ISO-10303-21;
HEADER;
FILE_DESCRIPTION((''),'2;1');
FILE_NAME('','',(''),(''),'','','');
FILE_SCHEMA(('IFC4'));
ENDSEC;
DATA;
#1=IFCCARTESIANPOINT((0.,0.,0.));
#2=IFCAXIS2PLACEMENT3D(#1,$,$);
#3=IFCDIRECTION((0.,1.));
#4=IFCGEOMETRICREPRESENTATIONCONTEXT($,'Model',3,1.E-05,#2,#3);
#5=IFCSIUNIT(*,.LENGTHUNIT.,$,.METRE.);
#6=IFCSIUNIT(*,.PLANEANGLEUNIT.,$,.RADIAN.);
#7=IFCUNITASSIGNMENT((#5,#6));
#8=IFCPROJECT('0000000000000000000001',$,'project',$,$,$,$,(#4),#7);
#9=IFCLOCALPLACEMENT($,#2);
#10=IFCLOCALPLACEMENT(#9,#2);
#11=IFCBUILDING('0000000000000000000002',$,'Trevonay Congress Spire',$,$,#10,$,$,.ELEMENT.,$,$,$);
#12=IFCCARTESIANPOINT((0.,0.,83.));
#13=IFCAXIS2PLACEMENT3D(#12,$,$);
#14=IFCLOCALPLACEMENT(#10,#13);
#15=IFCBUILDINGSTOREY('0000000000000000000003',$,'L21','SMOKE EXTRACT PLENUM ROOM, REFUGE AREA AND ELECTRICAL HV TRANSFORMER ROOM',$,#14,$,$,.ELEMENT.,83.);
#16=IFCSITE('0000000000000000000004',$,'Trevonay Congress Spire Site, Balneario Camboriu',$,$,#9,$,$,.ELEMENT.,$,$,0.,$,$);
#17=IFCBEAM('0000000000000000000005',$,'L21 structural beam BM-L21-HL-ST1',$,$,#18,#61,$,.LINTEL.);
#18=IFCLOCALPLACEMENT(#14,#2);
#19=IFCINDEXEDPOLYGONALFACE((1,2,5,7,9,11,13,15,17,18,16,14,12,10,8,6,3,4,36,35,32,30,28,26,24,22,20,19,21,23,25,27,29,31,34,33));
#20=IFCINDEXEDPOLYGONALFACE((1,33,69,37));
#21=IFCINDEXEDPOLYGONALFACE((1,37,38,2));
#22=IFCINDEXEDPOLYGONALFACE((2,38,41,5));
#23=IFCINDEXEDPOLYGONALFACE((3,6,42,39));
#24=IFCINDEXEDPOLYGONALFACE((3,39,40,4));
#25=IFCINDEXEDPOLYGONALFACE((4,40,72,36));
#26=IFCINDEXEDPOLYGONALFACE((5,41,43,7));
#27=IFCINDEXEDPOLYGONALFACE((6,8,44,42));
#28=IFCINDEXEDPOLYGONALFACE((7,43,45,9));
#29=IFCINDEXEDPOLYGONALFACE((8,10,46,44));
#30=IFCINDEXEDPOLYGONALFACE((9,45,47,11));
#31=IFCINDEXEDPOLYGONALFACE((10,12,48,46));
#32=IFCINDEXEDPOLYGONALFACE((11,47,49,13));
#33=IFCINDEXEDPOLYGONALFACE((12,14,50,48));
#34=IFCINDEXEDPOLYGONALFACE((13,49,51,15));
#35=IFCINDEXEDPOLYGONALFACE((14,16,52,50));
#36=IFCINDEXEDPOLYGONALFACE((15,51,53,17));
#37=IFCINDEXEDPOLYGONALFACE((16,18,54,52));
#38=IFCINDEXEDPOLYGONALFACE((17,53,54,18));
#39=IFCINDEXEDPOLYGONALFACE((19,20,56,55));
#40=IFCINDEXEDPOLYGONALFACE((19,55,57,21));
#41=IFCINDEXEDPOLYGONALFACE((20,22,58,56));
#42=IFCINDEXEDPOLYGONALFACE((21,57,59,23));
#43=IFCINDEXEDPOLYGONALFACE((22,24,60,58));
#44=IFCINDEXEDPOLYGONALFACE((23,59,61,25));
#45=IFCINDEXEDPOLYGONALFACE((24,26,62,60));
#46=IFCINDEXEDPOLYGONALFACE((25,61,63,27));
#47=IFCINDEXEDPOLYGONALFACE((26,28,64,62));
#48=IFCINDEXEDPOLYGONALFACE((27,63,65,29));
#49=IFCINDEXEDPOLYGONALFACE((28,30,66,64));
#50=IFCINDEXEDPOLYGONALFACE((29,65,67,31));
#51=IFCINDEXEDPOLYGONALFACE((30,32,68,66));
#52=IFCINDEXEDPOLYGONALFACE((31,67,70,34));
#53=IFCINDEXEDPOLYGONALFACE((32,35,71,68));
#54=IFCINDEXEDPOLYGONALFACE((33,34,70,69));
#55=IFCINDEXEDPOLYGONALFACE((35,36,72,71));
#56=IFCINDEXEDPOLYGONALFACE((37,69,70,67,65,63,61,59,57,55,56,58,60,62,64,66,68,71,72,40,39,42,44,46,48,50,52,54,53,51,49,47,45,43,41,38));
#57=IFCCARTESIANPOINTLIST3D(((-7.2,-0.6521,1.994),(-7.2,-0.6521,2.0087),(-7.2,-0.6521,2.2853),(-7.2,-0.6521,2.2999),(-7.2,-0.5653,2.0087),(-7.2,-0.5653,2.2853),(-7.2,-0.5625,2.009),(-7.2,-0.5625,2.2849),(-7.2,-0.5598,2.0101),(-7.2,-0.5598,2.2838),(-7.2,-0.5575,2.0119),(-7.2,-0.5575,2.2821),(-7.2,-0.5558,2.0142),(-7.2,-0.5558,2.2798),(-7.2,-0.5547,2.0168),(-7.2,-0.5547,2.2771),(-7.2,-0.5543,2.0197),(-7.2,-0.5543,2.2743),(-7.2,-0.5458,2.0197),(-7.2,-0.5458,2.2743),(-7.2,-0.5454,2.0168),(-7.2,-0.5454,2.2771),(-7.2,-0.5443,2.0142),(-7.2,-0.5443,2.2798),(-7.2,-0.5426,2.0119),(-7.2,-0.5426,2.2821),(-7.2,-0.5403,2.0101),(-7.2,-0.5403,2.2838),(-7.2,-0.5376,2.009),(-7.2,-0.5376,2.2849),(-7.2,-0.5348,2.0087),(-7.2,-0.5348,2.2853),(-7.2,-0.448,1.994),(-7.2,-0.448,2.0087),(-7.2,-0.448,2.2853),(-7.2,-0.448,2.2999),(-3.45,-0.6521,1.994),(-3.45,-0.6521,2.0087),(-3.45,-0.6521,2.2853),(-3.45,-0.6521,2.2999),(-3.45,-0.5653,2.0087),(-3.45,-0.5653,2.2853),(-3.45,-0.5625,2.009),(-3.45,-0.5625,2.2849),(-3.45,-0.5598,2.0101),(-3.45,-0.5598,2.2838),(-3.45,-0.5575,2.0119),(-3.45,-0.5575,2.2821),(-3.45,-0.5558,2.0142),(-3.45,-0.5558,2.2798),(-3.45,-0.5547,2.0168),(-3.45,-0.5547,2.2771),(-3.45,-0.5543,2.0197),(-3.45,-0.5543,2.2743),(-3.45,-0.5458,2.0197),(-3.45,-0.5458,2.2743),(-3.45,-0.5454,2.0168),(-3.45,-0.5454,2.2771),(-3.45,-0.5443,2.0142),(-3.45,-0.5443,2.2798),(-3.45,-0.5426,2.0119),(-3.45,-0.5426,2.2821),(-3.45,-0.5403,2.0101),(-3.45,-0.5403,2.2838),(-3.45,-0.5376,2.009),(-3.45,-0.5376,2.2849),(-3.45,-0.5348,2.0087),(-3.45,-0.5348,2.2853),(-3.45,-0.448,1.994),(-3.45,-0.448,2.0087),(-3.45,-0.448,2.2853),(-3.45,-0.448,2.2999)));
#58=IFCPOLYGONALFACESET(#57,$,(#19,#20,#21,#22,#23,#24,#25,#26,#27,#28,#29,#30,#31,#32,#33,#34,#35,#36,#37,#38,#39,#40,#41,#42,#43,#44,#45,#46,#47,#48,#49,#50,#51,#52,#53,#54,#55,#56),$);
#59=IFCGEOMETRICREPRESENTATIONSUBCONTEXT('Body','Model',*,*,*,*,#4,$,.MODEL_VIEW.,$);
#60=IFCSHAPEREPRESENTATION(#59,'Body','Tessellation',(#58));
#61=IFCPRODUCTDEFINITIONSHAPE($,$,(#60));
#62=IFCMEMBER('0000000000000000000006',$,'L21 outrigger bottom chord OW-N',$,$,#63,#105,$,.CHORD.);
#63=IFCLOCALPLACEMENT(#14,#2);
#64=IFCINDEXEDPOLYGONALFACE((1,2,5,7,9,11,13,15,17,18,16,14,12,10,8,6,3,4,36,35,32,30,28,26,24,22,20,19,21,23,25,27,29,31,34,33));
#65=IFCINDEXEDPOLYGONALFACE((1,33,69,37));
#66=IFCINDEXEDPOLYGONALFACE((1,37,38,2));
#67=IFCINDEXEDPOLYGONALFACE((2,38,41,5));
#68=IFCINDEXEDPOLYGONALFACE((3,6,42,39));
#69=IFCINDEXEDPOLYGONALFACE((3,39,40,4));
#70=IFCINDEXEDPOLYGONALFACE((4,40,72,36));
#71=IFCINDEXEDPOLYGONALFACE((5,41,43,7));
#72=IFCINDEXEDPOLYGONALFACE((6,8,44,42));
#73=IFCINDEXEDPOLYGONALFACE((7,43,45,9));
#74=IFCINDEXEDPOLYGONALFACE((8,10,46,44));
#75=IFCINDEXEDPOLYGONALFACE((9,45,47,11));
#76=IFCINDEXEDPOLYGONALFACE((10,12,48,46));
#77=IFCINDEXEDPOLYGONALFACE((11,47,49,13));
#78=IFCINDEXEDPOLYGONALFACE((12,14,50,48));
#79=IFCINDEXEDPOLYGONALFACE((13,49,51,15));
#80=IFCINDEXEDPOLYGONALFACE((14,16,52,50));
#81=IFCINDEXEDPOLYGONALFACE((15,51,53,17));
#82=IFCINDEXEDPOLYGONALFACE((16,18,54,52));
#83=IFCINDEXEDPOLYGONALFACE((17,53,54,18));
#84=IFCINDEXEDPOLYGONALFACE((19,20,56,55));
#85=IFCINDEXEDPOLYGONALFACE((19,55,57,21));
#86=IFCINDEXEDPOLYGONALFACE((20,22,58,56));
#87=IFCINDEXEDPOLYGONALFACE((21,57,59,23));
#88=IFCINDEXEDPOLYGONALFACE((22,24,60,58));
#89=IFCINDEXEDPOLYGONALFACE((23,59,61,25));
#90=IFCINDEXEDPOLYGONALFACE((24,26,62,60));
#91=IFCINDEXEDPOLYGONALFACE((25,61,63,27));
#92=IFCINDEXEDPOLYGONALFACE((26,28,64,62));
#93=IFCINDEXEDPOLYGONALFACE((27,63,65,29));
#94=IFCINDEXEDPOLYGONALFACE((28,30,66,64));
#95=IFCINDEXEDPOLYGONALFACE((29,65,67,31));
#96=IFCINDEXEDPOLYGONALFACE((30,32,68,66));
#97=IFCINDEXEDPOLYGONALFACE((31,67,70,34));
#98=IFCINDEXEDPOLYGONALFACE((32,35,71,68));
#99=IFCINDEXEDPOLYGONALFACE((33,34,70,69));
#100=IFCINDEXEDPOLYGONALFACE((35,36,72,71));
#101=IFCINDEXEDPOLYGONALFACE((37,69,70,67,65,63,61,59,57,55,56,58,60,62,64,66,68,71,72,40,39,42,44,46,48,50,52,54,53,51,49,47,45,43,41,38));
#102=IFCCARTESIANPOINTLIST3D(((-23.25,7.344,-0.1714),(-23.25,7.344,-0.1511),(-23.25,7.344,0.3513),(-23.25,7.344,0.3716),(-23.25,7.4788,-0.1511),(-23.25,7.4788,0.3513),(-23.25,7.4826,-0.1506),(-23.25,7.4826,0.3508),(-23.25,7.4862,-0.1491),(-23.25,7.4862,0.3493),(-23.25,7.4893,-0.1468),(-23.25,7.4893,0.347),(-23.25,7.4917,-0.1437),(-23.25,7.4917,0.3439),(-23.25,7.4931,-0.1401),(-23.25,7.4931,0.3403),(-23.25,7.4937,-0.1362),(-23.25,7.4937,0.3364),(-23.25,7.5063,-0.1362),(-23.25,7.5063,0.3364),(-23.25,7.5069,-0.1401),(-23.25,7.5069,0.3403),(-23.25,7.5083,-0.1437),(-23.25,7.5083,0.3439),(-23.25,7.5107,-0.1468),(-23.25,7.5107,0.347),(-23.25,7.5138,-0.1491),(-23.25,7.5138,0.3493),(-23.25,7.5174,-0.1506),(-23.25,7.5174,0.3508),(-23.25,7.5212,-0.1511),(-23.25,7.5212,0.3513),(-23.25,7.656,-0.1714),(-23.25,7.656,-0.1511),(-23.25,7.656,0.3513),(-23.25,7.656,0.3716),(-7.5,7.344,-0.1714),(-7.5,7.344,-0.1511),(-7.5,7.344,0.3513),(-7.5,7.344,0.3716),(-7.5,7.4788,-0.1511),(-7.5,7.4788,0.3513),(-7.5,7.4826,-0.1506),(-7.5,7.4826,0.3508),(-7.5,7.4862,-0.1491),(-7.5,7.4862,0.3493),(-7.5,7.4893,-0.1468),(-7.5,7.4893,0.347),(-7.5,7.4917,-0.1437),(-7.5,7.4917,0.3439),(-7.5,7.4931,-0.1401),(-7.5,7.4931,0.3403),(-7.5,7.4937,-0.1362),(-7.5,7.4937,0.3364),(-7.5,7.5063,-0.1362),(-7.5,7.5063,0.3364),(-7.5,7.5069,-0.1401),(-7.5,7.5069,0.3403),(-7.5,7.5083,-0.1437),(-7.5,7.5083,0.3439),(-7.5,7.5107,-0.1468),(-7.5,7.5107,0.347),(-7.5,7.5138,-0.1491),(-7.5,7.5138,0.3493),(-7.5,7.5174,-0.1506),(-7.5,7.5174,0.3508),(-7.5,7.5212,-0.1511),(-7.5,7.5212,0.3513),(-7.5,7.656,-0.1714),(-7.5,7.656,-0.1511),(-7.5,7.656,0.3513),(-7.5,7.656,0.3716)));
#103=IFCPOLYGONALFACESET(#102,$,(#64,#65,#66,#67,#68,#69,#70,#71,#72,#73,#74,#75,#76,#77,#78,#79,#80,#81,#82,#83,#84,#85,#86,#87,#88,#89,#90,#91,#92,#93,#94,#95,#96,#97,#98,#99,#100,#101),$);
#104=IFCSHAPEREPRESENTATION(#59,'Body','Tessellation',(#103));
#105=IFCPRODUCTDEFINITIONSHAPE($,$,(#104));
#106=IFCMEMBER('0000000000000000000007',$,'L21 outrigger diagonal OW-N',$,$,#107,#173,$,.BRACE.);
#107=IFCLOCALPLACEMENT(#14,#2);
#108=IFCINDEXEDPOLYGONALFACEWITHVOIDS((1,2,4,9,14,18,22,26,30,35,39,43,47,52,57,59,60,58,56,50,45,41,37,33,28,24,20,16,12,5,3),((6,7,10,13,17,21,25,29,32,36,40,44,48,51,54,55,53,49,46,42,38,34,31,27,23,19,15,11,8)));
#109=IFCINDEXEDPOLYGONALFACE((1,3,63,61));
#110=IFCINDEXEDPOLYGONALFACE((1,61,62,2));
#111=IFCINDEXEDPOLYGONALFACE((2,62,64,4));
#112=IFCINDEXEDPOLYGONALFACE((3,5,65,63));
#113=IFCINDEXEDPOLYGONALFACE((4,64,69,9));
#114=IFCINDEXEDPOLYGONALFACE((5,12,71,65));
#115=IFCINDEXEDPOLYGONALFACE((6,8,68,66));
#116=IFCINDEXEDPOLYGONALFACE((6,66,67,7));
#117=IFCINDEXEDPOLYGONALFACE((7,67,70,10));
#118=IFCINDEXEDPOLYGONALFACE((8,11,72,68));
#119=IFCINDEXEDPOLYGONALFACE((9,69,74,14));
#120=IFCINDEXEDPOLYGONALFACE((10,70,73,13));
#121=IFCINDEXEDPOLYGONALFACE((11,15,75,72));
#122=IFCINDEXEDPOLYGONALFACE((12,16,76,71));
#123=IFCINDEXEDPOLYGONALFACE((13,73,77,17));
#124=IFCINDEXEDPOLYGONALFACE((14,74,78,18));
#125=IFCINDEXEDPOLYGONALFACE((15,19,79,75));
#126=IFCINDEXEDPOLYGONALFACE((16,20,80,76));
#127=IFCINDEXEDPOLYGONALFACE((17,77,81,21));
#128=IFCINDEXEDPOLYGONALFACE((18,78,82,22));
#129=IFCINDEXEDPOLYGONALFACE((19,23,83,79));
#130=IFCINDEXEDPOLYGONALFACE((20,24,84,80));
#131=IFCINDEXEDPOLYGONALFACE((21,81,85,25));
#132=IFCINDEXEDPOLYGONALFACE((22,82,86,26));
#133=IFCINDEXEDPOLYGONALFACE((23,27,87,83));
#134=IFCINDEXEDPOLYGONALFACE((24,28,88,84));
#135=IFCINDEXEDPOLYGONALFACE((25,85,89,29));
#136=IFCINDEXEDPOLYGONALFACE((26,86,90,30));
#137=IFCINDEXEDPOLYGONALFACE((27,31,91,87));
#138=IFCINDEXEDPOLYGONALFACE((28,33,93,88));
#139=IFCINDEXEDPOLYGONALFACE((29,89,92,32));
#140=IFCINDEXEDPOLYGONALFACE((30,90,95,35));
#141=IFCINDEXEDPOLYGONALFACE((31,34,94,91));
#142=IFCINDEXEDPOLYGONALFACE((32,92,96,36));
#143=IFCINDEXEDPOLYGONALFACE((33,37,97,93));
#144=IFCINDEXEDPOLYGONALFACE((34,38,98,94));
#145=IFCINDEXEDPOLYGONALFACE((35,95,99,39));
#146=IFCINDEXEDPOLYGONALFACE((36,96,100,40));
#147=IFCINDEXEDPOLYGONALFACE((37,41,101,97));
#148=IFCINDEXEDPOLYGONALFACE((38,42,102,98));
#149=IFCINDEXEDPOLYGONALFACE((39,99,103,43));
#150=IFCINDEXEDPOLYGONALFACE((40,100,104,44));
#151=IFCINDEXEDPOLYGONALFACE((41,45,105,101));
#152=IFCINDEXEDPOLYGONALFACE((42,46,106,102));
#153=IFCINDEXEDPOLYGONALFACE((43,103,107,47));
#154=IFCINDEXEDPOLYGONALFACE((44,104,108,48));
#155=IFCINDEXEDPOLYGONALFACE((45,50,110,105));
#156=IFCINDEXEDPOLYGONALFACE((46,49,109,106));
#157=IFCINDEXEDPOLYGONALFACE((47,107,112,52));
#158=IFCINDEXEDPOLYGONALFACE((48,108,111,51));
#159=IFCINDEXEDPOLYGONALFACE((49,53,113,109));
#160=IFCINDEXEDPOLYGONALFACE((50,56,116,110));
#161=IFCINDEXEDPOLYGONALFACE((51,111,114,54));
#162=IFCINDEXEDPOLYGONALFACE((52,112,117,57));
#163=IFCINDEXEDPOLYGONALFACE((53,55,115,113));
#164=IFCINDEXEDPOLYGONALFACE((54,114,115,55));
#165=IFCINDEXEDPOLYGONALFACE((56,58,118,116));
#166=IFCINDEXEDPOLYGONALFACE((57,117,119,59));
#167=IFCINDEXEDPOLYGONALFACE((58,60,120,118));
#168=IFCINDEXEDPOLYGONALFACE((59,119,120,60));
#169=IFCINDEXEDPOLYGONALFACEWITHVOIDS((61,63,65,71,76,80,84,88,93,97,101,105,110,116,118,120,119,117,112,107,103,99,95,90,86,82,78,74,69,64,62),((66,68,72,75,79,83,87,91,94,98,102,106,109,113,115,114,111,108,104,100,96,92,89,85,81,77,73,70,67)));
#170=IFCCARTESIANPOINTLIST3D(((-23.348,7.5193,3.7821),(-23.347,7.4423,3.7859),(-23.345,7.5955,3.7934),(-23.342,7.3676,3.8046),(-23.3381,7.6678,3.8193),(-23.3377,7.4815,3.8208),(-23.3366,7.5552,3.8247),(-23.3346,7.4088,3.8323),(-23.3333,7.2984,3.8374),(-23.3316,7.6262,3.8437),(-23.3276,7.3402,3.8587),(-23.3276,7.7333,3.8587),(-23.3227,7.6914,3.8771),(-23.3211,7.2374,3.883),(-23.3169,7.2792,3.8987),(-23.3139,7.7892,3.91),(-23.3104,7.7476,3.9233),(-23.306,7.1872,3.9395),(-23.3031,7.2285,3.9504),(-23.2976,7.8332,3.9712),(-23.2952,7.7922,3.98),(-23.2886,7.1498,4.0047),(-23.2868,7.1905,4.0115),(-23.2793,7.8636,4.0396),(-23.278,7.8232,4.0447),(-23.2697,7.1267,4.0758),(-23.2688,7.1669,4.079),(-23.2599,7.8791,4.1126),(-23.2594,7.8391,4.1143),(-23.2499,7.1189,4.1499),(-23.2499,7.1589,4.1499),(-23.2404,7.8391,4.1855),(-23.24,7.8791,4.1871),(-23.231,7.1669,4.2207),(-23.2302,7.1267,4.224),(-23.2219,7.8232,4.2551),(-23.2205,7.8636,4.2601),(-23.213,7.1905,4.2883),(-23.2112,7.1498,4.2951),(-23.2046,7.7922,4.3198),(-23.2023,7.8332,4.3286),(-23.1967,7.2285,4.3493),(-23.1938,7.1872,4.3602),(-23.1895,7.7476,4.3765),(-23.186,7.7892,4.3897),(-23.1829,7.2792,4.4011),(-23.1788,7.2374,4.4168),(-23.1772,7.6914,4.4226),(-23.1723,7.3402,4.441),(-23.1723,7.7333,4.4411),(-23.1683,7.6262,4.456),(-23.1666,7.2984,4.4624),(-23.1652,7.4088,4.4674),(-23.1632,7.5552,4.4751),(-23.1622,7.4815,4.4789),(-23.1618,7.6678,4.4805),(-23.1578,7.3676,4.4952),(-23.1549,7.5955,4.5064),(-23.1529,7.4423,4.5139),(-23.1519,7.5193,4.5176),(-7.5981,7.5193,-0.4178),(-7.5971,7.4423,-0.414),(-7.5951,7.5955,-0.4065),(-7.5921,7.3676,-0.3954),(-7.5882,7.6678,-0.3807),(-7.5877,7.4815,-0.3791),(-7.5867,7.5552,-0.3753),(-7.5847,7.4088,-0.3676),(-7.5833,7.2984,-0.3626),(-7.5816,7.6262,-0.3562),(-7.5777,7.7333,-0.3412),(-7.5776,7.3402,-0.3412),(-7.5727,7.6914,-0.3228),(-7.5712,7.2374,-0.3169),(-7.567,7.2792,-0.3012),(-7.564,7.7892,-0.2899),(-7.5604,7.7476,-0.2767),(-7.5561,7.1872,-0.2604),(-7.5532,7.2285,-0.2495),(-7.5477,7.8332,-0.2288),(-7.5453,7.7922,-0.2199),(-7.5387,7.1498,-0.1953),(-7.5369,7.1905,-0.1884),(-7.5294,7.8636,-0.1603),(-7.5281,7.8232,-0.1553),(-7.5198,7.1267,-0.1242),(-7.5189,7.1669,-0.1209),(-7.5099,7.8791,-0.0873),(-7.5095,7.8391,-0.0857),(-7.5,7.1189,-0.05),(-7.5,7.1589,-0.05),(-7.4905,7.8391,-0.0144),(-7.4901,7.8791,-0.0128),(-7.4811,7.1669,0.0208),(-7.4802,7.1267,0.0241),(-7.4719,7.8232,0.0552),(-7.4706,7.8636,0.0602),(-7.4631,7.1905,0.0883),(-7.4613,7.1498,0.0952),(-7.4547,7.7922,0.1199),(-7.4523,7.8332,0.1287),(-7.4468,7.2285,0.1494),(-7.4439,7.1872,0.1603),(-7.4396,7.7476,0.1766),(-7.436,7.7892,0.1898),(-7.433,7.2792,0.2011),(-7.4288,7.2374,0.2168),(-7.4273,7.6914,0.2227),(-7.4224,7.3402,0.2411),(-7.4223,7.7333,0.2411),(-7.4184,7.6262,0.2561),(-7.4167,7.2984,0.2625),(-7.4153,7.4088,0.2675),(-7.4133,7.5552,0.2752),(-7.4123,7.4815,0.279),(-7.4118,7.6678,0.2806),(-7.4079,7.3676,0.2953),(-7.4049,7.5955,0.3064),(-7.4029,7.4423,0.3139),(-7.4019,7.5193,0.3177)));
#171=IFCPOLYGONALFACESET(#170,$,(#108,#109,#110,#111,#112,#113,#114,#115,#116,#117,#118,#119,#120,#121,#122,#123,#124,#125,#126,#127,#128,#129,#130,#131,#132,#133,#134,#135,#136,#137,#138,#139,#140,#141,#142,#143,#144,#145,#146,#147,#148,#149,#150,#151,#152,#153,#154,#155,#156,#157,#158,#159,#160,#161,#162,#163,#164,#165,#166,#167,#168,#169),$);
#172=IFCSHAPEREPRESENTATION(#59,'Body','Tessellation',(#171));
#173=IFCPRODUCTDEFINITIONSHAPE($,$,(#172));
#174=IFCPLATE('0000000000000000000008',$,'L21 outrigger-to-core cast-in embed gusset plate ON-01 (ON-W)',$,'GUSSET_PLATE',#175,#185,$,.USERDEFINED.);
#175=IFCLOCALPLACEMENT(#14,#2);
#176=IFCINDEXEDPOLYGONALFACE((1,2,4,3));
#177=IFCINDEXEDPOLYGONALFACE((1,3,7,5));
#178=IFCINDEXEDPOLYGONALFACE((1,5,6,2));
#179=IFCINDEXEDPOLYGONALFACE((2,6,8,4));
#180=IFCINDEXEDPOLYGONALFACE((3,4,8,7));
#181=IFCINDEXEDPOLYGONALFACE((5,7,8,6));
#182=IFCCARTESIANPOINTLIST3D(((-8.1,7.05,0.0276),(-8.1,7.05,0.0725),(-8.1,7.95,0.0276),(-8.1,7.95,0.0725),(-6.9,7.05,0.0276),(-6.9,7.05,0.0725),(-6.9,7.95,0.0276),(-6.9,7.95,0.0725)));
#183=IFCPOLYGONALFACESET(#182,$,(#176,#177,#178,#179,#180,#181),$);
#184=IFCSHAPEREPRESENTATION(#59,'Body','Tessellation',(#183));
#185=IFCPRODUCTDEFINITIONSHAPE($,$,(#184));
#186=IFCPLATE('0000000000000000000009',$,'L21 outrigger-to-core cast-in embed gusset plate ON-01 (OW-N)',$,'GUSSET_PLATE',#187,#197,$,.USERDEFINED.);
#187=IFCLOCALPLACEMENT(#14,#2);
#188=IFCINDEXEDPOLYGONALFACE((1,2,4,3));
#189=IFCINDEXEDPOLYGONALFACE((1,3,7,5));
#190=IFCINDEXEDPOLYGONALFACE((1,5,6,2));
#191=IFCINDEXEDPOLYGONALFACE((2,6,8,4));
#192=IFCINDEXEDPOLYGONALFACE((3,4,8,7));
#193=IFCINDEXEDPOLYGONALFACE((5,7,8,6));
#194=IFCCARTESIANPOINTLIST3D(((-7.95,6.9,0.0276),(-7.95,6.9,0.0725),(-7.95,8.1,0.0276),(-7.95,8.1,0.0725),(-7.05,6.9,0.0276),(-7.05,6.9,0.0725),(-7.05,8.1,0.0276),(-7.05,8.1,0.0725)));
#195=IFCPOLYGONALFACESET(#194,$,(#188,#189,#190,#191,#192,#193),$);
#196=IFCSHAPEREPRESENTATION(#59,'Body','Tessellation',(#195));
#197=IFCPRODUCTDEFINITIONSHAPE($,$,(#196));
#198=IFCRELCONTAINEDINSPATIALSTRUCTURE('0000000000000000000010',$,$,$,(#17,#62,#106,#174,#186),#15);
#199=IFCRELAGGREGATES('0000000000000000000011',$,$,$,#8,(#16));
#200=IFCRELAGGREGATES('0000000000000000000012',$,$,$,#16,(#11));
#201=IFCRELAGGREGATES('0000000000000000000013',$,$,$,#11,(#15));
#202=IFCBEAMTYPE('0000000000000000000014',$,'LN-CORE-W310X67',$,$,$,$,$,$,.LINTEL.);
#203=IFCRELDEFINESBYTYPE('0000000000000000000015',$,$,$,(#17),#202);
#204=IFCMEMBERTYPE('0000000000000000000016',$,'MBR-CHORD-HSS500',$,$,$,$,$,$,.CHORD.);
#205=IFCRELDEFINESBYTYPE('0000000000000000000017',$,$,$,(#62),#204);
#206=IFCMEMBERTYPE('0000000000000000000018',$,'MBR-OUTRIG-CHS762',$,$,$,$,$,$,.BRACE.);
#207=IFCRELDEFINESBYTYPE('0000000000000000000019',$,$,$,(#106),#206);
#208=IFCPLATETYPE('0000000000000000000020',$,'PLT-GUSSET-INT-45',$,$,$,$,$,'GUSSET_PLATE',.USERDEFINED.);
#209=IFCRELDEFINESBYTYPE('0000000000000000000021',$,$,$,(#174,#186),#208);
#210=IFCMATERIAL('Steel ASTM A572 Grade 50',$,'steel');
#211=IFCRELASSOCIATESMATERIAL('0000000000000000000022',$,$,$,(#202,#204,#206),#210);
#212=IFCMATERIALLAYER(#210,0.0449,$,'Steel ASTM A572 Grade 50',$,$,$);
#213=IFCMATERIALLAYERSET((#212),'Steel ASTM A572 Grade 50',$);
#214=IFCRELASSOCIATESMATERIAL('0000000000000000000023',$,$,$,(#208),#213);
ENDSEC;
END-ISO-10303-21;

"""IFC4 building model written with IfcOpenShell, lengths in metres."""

from ifc_helpers import new_model, si_unit, direction, frame, origin, origin_2d, place, context, subcontext, project, spatial, rectangle, hollow_circle, i_section, extrude, material, layer, layer_set, material_profile, profile_set, type_object, element, save


model = new_model("IFC4")

# Units and contexts
model_context = context("Model", 3, precision=1e-05, world=origin(), true_north=direction((0.0, 1.0)))
body_context = subcontext(model_context, "Body", "Model", "MODEL_VIEW")
ifc_project = project(units=[si_unit("LENGTHUNIT", "METRE"), si_unit("PLANEANGLEUNIT", "RADIAN")], contexts=[model_context])

# Site, building, storey
site_placement = place(None, origin())
site = spatial("IfcSite", under=ifc_project, at=site_placement, Name="Trevonay Congress Spire Site, Balneario Camboriu", CompositionType="ELEMENT", RefElevation=0.0)
building_placement = place(site_placement, origin())
building = spatial("IfcBuilding", under=site, at=building_placement, Name="Trevonay Congress Spire", CompositionType="ELEMENT")
storey_placement = place(building_placement, frame((0.0, 0.0, 83.0)))
storey = spatial("IfcBuildingStorey", under=building, at=storey_placement, Name="L21", Description="SMOKE EXTRACT PLENUM ROOM, REFUGE AREA AND ELECTRICAL HV TRANSFORMER ROOM", CompositionType="ELEMENT", Elevation=83.0)

# Shared definitions
ifc_material_1 = material(Name="Steel ASTM A572 Grade 50", Category="steel")

# Beam
ifc_material_profile_1 = material_profile(ifc_material_1, i_section(OverallWidth=0.2041, OverallDepth=0.3059, WebThickness=0.0085, FlangeThickness=0.0146, FilletRadius=0.011, at=origin_2d()), Name="W310x67")
ifc_profile_set_1 = profile_set([ifc_material_profile_1], Name="Steel ASTM A572 Grade 50")
beam_type_1 = type_object("IfcBeamType", Name="LN-CORE-W310X67", PredefinedType="LINTEL", material=ifc_profile_set_1)
beam_1_placement = place(storey_placement, frame((-7.2, -0.55, 2.147), z_axis=(1.0, 0.0, 0.0), x_axis=(0.0, 1.0, 0.0)))
element("IfcBeam", 1, at=beam_1_placement, inside=storey, type_object=beam_type_1, Name="L21 structural beam BM-L21-HL-ST1", PredefinedType="LINTEL", context=body_context, shape_type="SweptSolid", body=[
    extrude(i_section(OverallWidth=0.2041, OverallDepth=0.3059, WebThickness=0.0085, FlangeThickness=0.0146, FilletRadius=0.011, at=origin_2d()), origin(), (0.0, 0.0, 1.0), 3.75),
])

# Members
ifc_material_profile_2 = material_profile(ifc_material_1, i_section(OverallWidth=0.312, OverallDepth=0.543, WebThickness=0.0127, FlangeThickness=0.0203, FilletRadius=0.0149, at=origin_2d()), Name="W530x150")
ifc_profile_set_2 = profile_set([ifc_material_profile_2], Name="Steel ASTM A572 Grade 50")
member_type_1 = type_object("IfcMemberType", Name="MBR-CHORD-HSS500", PredefinedType="CHORD", material=ifc_profile_set_2)
member_1_placement = place(storey_placement, frame((-7.5, 7.5, 0.1001), z_axis=(-1.0, 0.0, 0.0), x_axis=(0.0, -1.0, 0.0)))
element("IfcMember", 2, at=member_1_placement, inside=storey, type_object=member_type_1, Name="L21 outrigger bottom chord OW-N", PredefinedType="CHORD", context=body_context, shape_type="SweptSolid", body=[
    extrude(i_section(OverallWidth=0.312, OverallDepth=0.543, WebThickness=0.0127, FlangeThickness=0.0203, FilletRadius=0.0149, at=origin_2d()), origin(), (0.0, 0.0, 1.0), 15.75),
])
ifc_material_profile_3 = material_profile(ifc_material_1, hollow_circle(Radius=0.3811, WallThickness=0.04, at=origin_2d()), Name="CHS 762x40")
ifc_profile_set_3 = profile_set([ifc_material_profile_3], Name="Steel ASTM A572 Grade 50")
member_type_2 = type_object("IfcMemberType", Name="MBR-OUTRIG-CHS762", PredefinedType="BRACE", material=ifc_profile_set_3)
member_2_placement = place(storey_placement, frame((-7.5, 7.5, -0.05), z_axis=(-0.966236, 0.0, 0.25766), x_axis=(0.0, -1.0, 0.0)))
element("IfcMember", 3, at=member_2_placement, inside=storey, type_object=member_type_2, Name="L21 outrigger diagonal OW-N", PredefinedType="BRACE", context=body_context, shape_type="SweptSolid", body=[
    extrude(hollow_circle(Radius=0.3811, WallThickness=0.04, at=origin_2d()), origin(), (0.0, 0.0, 1.0), 16.3003),
])

# Plates
ifc_layer_1 = layer(ifc_material_1, 0.0449, Name="Steel ASTM A572 Grade 50")
ifc_layer_set_1 = layer_set([ifc_layer_1], Name="Steel ASTM A572 Grade 50")
plate_type = type_object("IfcPlateType", Name="PLT-GUSSET-INT-45", ElementType="GUSSET_PLATE", PredefinedType="USERDEFINED", material=ifc_layer_set_1)
for number, where, z_axis, x_axis, name in (
    (4, (-7.5, 7.5, 0.0276), (0.0, 0.0, 1.0), (1.0, 0.0, 0.0), "L21 outrigger-to-core cast-in embed gusset plate ON-01 (ON-W)"),
    (5, (-7.5, 7.5, 0.0276), (0.0, 0.0, 1.0), (0.0, 1.0, 0.0), "L21 outrigger-to-core cast-in embed gusset plate ON-01 (OW-N)"),
):
    element("IfcPlate", number, at=place(storey_placement, frame(where, z_axis=z_axis, x_axis=x_axis)), inside=storey, type_object=plate_type, Name=name, ObjectType="GUSSET_PLATE", PredefinedType="USERDEFINED", context=body_context, shape_type="SweptSolid", body=[
        extrude(rectangle(XDim=1.2, YDim=0.8999, at=origin_2d()), origin(), (0.0, 0.0, 1.0), 0.0449),
    ])

save(model, "model.ifc")
